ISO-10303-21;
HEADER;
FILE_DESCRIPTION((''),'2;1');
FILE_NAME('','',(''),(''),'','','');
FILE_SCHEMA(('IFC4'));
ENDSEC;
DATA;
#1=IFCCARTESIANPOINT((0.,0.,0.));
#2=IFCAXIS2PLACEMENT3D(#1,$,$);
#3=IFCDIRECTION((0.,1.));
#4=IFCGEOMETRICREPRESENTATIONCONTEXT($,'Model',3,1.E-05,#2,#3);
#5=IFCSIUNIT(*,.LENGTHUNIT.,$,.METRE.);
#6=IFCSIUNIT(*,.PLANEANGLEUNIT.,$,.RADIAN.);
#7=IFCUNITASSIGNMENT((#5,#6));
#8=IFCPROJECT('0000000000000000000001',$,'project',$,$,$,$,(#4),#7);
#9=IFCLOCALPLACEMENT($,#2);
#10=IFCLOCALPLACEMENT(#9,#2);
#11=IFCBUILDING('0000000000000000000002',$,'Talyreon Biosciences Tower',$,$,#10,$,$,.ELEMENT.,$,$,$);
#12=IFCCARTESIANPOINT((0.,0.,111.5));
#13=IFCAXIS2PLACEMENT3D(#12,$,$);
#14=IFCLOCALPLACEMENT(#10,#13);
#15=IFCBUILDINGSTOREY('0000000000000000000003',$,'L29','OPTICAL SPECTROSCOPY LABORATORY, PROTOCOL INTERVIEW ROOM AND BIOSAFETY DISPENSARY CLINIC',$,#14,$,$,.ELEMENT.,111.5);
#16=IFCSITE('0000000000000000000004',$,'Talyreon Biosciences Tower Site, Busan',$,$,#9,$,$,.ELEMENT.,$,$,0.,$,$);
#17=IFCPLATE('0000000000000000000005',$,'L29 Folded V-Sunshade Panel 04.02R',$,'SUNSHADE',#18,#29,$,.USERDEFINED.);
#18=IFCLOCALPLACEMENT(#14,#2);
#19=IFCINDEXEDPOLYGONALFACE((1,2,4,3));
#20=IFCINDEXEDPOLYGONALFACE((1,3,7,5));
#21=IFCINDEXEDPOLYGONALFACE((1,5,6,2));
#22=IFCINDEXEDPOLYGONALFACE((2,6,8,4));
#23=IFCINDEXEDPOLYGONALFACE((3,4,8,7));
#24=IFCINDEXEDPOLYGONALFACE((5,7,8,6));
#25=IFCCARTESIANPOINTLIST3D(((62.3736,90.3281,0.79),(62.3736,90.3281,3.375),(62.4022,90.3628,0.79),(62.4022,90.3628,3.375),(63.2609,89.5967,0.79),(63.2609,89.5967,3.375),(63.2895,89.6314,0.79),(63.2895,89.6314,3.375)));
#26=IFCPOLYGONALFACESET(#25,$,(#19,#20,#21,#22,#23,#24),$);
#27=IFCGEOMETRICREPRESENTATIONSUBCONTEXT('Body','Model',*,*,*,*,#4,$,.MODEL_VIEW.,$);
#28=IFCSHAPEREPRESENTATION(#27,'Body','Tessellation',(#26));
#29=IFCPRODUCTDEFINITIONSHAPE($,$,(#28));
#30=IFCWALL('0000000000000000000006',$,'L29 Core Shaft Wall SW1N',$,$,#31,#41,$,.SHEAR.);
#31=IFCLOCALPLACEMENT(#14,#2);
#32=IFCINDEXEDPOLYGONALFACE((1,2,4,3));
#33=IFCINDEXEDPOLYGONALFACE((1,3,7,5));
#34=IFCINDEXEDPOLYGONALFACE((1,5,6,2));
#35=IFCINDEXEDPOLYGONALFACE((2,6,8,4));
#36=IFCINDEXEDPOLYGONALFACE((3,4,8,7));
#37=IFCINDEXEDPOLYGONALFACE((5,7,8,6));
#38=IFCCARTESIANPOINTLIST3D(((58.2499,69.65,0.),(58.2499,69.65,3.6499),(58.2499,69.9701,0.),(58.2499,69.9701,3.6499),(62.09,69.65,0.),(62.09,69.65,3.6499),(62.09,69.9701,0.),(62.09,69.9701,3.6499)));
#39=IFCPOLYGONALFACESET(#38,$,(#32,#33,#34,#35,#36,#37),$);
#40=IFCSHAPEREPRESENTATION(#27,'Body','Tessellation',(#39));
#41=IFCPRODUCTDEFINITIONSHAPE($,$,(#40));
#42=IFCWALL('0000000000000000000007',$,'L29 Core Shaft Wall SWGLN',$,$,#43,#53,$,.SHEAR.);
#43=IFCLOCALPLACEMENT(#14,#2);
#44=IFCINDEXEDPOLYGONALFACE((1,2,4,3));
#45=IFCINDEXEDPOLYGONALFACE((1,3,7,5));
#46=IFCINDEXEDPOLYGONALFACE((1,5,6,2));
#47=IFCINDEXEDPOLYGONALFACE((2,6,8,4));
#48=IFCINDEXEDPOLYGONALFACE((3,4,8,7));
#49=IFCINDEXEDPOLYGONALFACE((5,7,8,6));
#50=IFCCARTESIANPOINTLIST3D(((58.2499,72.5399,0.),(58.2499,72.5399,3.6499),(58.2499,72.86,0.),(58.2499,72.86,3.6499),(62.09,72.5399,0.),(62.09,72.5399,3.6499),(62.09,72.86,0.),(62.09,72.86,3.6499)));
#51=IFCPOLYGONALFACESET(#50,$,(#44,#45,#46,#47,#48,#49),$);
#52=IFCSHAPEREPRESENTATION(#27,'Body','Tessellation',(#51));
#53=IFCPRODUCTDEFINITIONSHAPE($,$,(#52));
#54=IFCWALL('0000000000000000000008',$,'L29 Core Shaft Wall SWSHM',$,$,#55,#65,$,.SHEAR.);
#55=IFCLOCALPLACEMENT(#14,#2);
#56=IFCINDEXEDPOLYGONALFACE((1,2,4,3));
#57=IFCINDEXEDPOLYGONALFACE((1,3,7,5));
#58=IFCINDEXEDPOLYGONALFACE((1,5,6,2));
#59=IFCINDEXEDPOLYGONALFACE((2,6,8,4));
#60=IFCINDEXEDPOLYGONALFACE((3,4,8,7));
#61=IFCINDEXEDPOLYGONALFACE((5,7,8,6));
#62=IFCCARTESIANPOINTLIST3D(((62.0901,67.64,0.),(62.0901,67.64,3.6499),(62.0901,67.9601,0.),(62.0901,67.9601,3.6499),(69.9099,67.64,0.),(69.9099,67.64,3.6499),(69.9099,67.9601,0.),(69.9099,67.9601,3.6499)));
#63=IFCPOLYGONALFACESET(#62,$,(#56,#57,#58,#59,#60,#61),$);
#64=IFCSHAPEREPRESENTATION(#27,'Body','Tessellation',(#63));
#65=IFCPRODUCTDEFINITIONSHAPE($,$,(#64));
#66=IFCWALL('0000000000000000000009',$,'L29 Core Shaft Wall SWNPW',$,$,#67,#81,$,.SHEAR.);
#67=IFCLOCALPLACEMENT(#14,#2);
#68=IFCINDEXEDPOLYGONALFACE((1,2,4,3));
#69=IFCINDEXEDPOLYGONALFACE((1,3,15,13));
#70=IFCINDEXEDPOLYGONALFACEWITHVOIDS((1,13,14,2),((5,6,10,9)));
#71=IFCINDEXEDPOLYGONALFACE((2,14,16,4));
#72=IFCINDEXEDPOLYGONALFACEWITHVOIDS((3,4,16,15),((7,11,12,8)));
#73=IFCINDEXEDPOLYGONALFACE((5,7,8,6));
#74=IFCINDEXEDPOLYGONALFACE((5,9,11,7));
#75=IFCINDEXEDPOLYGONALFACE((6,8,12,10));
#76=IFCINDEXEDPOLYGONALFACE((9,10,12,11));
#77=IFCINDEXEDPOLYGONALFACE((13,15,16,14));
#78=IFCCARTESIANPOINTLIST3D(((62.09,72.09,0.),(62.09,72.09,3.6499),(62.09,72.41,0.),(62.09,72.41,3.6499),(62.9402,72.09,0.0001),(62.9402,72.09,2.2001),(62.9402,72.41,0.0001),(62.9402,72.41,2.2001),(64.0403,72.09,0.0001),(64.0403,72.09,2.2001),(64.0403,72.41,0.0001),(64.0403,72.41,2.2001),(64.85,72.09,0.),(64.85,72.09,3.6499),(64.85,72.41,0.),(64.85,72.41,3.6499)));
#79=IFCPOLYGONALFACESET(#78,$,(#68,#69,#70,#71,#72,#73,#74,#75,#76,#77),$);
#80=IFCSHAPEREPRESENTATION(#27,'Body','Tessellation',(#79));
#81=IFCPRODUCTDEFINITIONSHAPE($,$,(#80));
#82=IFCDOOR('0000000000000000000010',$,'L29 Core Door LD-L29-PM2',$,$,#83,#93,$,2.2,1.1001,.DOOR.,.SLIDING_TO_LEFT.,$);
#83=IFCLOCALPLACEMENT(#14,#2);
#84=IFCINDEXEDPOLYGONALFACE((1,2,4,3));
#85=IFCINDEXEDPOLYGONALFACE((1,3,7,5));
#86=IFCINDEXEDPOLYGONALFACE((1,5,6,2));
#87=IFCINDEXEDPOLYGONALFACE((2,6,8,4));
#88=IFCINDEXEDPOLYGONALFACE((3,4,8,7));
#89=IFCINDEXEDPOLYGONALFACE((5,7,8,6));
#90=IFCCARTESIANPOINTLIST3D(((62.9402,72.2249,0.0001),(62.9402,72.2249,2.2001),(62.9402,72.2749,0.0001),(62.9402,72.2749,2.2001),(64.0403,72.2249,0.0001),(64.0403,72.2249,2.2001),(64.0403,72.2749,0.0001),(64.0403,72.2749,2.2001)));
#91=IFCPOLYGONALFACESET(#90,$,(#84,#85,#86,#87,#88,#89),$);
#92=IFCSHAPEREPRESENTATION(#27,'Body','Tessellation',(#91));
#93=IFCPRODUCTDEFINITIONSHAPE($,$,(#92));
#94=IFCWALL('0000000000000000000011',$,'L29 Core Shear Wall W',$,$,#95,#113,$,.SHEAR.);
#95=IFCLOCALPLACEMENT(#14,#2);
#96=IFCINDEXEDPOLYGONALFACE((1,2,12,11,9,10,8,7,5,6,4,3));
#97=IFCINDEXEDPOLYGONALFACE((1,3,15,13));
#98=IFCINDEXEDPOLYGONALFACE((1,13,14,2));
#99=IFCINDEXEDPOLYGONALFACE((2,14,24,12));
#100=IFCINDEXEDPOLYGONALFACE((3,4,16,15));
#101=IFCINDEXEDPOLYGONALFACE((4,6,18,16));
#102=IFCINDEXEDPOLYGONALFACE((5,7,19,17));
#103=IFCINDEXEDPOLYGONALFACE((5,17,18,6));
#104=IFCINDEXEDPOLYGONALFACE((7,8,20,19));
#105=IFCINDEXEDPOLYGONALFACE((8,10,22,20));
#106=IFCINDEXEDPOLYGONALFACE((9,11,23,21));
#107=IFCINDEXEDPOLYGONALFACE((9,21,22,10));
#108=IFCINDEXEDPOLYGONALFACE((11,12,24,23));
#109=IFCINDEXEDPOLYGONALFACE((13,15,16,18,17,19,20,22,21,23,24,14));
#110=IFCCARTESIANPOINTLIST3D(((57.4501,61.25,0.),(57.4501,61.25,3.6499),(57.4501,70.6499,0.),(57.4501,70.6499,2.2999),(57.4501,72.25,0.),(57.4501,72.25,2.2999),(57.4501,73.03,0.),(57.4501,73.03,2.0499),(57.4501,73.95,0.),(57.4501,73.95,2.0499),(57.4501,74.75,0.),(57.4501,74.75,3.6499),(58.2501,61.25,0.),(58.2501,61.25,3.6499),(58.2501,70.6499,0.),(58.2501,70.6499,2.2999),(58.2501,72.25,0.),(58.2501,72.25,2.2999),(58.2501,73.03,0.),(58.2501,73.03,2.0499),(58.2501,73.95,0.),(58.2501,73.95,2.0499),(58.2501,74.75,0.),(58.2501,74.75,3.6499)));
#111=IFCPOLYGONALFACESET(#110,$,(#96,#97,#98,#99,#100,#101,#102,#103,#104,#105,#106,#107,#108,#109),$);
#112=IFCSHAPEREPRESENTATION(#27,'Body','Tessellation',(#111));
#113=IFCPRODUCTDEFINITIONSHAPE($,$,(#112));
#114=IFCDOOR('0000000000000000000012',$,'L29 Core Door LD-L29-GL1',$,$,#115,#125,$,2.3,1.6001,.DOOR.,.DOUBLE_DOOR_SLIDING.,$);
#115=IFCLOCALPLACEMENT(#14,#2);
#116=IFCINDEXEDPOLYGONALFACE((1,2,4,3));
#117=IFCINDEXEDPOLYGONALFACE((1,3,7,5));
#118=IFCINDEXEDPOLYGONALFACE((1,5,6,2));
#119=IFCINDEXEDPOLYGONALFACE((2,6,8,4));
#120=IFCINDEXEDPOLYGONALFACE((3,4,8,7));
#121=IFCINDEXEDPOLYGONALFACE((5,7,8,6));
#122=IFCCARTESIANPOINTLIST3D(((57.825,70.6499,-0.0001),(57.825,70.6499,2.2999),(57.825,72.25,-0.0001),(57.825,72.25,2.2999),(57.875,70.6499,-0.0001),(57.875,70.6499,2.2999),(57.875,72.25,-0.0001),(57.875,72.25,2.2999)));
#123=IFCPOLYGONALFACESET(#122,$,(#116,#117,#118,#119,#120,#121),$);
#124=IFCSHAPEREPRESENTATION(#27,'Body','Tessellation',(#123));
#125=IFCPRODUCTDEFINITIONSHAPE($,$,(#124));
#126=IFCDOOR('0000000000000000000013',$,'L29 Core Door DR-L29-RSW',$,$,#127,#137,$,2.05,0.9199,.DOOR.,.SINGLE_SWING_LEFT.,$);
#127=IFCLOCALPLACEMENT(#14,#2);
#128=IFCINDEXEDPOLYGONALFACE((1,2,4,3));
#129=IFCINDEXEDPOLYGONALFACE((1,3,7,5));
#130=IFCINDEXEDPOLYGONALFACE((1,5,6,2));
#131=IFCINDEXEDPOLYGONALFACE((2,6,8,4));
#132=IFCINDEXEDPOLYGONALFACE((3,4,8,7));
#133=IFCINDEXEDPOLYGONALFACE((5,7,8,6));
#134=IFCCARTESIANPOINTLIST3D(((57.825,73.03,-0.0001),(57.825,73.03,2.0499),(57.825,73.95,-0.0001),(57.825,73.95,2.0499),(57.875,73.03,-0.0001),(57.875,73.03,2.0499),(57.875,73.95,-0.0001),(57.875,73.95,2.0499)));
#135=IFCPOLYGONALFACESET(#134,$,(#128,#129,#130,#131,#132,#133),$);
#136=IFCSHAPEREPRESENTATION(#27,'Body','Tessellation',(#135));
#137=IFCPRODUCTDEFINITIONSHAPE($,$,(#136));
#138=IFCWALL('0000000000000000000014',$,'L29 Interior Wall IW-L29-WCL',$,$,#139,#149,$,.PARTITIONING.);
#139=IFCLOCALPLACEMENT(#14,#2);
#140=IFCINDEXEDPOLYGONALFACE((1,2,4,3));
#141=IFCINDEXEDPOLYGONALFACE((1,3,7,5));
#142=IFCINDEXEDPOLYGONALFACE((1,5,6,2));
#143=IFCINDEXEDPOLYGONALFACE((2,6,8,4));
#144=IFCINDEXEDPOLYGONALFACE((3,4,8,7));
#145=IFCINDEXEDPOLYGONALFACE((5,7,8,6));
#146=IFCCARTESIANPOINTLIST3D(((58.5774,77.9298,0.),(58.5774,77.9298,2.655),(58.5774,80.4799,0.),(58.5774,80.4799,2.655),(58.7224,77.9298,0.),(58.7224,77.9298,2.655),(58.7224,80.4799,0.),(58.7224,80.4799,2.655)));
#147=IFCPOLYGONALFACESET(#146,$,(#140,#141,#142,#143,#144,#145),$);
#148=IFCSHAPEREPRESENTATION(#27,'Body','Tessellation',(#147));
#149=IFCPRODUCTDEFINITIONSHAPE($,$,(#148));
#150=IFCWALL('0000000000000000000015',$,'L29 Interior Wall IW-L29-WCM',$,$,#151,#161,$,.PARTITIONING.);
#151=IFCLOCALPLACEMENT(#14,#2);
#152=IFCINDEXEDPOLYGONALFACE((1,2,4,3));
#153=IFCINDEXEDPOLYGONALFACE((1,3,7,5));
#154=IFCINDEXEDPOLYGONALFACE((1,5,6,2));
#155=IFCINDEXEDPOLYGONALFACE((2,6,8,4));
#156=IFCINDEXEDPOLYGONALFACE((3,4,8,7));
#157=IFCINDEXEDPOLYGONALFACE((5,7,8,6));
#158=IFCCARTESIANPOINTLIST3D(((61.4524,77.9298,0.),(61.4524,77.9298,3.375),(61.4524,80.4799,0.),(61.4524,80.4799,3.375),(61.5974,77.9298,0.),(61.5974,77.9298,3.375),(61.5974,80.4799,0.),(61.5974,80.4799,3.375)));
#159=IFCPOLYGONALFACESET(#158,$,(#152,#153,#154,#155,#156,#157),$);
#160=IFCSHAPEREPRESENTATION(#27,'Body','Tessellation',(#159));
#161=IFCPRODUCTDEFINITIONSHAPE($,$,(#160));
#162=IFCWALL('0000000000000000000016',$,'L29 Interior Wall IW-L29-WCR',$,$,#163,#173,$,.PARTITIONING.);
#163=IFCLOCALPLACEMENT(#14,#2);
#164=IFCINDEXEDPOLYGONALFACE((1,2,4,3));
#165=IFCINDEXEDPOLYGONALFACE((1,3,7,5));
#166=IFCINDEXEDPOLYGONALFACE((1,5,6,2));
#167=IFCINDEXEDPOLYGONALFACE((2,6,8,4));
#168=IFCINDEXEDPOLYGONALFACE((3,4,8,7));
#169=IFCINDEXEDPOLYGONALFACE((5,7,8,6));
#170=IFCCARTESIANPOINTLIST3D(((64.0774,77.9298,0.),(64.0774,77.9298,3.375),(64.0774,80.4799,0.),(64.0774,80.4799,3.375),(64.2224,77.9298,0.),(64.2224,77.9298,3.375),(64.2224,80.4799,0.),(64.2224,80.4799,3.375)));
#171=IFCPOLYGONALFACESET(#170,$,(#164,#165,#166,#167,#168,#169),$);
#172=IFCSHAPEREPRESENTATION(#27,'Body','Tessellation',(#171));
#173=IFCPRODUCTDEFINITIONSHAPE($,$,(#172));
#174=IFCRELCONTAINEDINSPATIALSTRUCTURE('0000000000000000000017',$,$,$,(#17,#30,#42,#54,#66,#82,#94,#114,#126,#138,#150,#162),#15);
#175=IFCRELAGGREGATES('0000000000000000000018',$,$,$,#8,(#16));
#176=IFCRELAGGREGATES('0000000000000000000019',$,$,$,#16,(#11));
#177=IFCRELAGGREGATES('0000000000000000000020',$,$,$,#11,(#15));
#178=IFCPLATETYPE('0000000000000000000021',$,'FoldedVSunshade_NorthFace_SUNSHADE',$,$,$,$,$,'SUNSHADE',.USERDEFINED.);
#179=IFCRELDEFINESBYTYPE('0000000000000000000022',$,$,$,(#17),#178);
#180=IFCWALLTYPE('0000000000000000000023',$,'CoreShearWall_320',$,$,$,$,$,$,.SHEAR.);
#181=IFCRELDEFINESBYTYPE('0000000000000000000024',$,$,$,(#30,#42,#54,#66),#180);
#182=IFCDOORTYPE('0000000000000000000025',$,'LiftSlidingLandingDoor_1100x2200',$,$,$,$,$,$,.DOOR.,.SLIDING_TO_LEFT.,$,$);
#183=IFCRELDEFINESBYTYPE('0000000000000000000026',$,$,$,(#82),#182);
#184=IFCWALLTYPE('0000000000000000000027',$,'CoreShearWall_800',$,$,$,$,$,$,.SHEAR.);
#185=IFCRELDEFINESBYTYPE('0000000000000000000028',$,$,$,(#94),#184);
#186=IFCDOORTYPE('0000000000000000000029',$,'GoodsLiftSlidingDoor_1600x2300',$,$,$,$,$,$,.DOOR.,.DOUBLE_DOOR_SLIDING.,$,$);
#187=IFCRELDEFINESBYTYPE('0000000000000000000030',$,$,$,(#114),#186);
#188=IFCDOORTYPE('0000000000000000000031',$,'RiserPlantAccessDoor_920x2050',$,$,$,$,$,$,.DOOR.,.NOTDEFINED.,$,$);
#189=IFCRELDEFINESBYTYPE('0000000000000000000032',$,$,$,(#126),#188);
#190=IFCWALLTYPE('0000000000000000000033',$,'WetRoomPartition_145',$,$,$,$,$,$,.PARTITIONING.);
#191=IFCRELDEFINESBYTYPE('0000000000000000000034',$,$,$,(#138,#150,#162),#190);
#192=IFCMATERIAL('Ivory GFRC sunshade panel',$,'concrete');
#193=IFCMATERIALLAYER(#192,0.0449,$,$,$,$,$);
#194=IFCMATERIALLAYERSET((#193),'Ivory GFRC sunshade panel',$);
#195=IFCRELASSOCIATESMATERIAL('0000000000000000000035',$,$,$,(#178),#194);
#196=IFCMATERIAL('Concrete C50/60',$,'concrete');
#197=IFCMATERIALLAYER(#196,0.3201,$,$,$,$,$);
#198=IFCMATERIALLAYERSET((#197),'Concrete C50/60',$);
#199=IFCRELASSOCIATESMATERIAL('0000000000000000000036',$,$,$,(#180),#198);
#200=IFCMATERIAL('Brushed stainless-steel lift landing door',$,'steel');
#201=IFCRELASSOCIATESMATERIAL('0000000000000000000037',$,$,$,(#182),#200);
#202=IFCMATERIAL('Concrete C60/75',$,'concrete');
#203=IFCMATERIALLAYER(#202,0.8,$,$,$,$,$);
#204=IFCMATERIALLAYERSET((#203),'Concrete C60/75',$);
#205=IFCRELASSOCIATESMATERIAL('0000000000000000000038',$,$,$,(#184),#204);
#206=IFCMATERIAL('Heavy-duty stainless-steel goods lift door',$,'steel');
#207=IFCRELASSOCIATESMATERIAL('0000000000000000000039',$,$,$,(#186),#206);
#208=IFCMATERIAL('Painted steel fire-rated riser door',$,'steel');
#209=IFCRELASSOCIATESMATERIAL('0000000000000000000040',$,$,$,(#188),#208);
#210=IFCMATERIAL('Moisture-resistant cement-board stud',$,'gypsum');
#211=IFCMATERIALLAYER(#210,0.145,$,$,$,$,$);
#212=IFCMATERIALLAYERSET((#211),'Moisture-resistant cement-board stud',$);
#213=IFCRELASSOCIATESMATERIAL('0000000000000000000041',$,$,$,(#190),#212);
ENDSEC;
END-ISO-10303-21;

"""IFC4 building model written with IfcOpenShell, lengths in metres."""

from ifc_helpers import new_model, si_unit, direction, frame, frame_2d, origin, origin_2d, place, context, subcontext, project, spatial, rectangle, extrude, material, layer, layer_set, type_object, element, fill, save


model = new_model("IFC4")

# Units and contexts
model_context = context("Model", 3, precision=1e-05, world=origin(), true_north=direction((0.0, 1.0)))
body_context = subcontext(model_context, "Body", "Model", "MODEL_VIEW")
ifc_project = project(units=[si_unit("LENGTHUNIT", "METRE"), si_unit("PLANEANGLEUNIT", "RADIAN")], contexts=[model_context])

# Site, building, storey
site_placement = place(None, origin())
site = spatial("IfcSite", under=ifc_project, at=site_placement, Name="Talyreon Biosciences Tower Site, Busan", CompositionType="ELEMENT", RefElevation=0.0)
building_placement = place(site_placement, origin())
building = spatial("IfcBuilding", under=site, at=building_placement, Name="Talyreon Biosciences Tower", CompositionType="ELEMENT")
storey_placement = place(building_placement, frame((0.0, 0.0, 111.5)))
storey = spatial("IfcBuildingStorey", under=building, at=storey_placement, Name="L29", Description="OPTICAL SPECTROSCOPY LABORATORY, PROTOCOL INTERVIEW ROOM AND BIOSAFETY DISPENSARY CLINIC", CompositionType="ELEMENT", Elevation=111.5)

# Shared definitions
ifc_material_1 = material(Name="Concrete C50/60", Category="concrete")
ifc_material_2 = material(Name="Concrete C60/75", Category="concrete")

# Plate
ifc_material_3 = material(Name="Ivory GFRC sunshade panel", Category="concrete")
ifc_layer_1 = layer(ifc_material_3, 0.0449)
ifc_layer_set_1 = layer_set([ifc_layer_1], Name="Ivory GFRC sunshade panel")
plate_type_1 = type_object("IfcPlateType", Name="FoldedVSunshade_NorthFace_SUNSHADE", ElementType="SUNSHADE", PredefinedType="USERDEFINED", material=ifc_layer_set_1)
for number, where, z_axis, x_axis, name in (
    (1, (62.8315, 89.9797, 0.79), (0.0, 0.0, 1.0), (0.771625, -0.636078, 0.0), "L29 Folded V-Sunshade Panel 04.02R"),
):
    element("IfcPlate", number, at=place(storey_placement, frame(where, z_axis=z_axis, x_axis=x_axis)), inside=storey, type_object=plate_type_1, Name=name, ObjectType="SUNSHADE", PredefinedType="USERDEFINED", context=body_context, shape_type="SweptSolid", body=[
        extrude(rectangle(XDim=1.1499, YDim=0.0449, at=origin_2d()), origin(), (0.0, 0.0, 1.0), 2.585),
    ])

# Walls
ifc_layer_2 = layer(ifc_material_1, 0.3201)
ifc_layer_set_2 = layer_set([ifc_layer_2], Name="Concrete C50/60")
wall_type_1 = type_object("IfcWallType", Name="CoreShearWall_320", PredefinedType="SHEAR", material=ifc_layer_set_2)
for number, where, z_axis, x_axis, name in (
    (2, (58.25, 69.8101, 0.0), (0.0, 0.0, 1.0), (1.0, 0.0, 0.0), "L29 Core Shaft Wall SW1N"),
    (3, (58.25, 72.7, 0.0), (0.0, 0.0, 1.0), (1.0, 0.0, 0.0), "L29 Core Shaft Wall SWGLN"),
):
    element("IfcWall", number, at=place(storey_placement, frame(where, z_axis=z_axis, x_axis=x_axis)), inside=storey, type_object=wall_type_1, Name=name, PredefinedType="SHEAR", context=body_context, shape_type="SweptSolid", body=[
        extrude(rectangle(XDim=3.8401, YDim=0.3201, at=frame_2d((1.9199, 0.0))), origin(), (0.0, 0.0, 1.0), 3.6499),
    ])
wall_1_placement = place(storey_placement, frame((62.0901, 67.8, 0.0), z_axis=(0.0, 0.0, 1.0), x_axis=(1.0, 0.0, 0.0)))
element("IfcWall", 4, at=wall_1_placement, inside=storey, type_object=wall_type_1, Name="L29 Core Shaft Wall SWSHM", PredefinedType="SHEAR", context=body_context, shape_type="SweptSolid", body=[
    extrude(rectangle(XDim=7.8198, YDim=0.3201, at=frame_2d((3.9099, 0.0))), origin(), (0.0, 0.0, 1.0), 3.6499),
])

# Shared definitions
ifc_material_4 = material(Name="Brushed stainless-steel lift landing door", Category="steel")
door_type_1 = type_object("IfcDoorType", Name="LiftSlidingLandingDoor_1100x2200", OperationType="SLIDING_TO_LEFT", PredefinedType="DOOR", material=ifc_material_4)

# Wall, opening, door
wall_2_placement = place(storey_placement, frame((62.0901, 72.25, 0.0), z_axis=(0.0, 0.0, 1.0), x_axis=(1.0, 0.0, 0.0)))
wall_2 = element("IfcWall", 5, at=wall_2_placement, inside=storey, type_object=wall_type_1, Name="L29 Core Shaft Wall SWNPW", PredefinedType="SHEAR", context=body_context, shape_type="SweptSolid", body=[
    extrude(rectangle(XDim=2.76, YDim=0.3201, at=frame_2d((1.3799, 0.0))), origin(), (0.0, 0.0, 1.0), 3.6499),
])
opening_1_placement = place(wall_2_placement, frame((0.8501, 0.0, 0.0)))
opening_1 = element("IfcOpeningElement", 6, at=opening_1_placement, cuts=wall_2, PredefinedType="OPENING", context=body_context, shape_type="SweptSolid", body=[
    extrude(rectangle(XDim=1.1001, YDim=2.2, at=frame_2d((0.55, 1.1001))), frame((0.0, 0.1699, 0.0), z_axis=(0.0, -1.0, 0.0), x_axis=(1.0, 0.0, 0.0)), (0.0, 0.0, 1.0), 0.3401),
])
door_1_placement = place(opening_1_placement, origin())
door_1 = element("IfcDoor", 7, at=door_1_placement, inside=storey, type_object=door_type_1, Name="L29 Core Door LD-L29-PM2", OperationType="SLIDING_TO_LEFT", OverallHeight=2.2, OverallWidth=1.1001, PredefinedType="DOOR", context=body_context, shape_type="SweptSolid", body=[
    extrude(rectangle(XDim=1.1001, YDim=2.2, at=frame_2d((0.55, 1.1001))), frame((0.0, 0.0249, 0.0), z_axis=(0.0, -1.0, 0.0), x_axis=(1.0, 0.0, 0.0)), (0.0, 0.0, 1.0), 0.05),
])
fill(opening_1, door_1)

# Wall, openings, doors
ifc_layer_3 = layer(ifc_material_2, 0.8)
ifc_layer_set_3 = layer_set([ifc_layer_3], Name="Concrete C60/75")
wall_type_2 = type_object("IfcWallType", Name="CoreShearWall_800", PredefinedType="SHEAR", material=ifc_layer_set_3)
wall_3_placement = place(storey_placement, frame((57.8501, 74.75, 0.0), z_axis=(0.0, 0.0, 1.0), x_axis=(0.0, -1.0, 0.0)))
wall_3 = element("IfcWall", 8, at=wall_3_placement, inside=storey, type_object=wall_type_2, Name="L29 Core Shear Wall W", PredefinedType="SHEAR", context=body_context, shape_type="SweptSolid", body=[
    extrude(rectangle(XDim=13.5, YDim=0.8, at=frame_2d((6.75, 0.0))), origin(), (0.0, 0.0, 1.0), 3.6499),
])
opening_2_placement = place(wall_3_placement, frame((0.8, 0.0, 0.0)))
opening_2 = element("IfcOpeningElement", 9, at=opening_2_placement, cuts=wall_3, PredefinedType="OPENING", context=body_context, shape_type="SweptSolid", body=[
    extrude(rectangle(XDim=0.9199, YDim=2.05, at=frame_2d((0.46, 1.0249))), frame((0.0, 0.4099, 0.0), z_axis=(0.0, -1.0, 0.0), x_axis=(1.0, 0.0, 0.0)), (0.0, 0.0, 1.0), 0.8201),
])
opening_3_placement = place(wall_3_placement, frame((2.5, 0.0, 0.0)))
opening_3 = element("IfcOpeningElement", 10, at=opening_3_placement, cuts=wall_3, PredefinedType="OPENING", context=body_context, shape_type="SweptSolid", body=[
    extrude(rectangle(XDim=1.6001, YDim=2.3, at=frame_2d((0.8, 1.1499))), frame((0.0, 0.4099, 0.0), z_axis=(0.0, -1.0, 0.0), x_axis=(1.0, 0.0, 0.0)), (0.0, 0.0, 1.0), 0.8201),
])
ifc_material_5 = material(Name="Heavy-duty stainless-steel goods lift door", Category="steel")
door_type_2 = type_object("IfcDoorType", Name="GoodsLiftSlidingDoor_1600x2300", OperationType="DOUBLE_DOOR_SLIDING", PredefinedType="DOOR", material=ifc_material_5)
door_2_placement = place(opening_3_placement, origin())
door_2 = element("IfcDoor", 11, at=door_2_placement, inside=storey, type_object=door_type_2, Name="L29 Core Door LD-L29-GL1", OperationType="DOUBLE_DOOR_SLIDING", OverallHeight=2.3, OverallWidth=1.6001, PredefinedType="DOOR", context=body_context, shape_type="SweptSolid", body=[
    extrude(rectangle(XDim=1.6001, YDim=2.3, at=frame_2d((0.8, 1.1499))), frame((0.0, 0.0249, 0.0), z_axis=(0.0, -1.0, 0.0), x_axis=(1.0, 0.0, 0.0)), (0.0, 0.0, 1.0), 0.05),
])
fill(opening_3, door_2)
ifc_material_6 = material(Name="Painted steel fire-rated riser door", Category="steel")
door_type_3 = type_object("IfcDoorType", Name="RiserPlantAccessDoor_920x2050", OperationType="NOTDEFINED", PredefinedType="DOOR", material=ifc_material_6)
door_3_placement = place(opening_2_placement, origin())
door_3 = element("IfcDoor", 12, at=door_3_placement, inside=storey, type_object=door_type_3, Name="L29 Core Door DR-L29-RSW", OperationType="SINGLE_SWING_LEFT", OverallHeight=2.05, OverallWidth=0.9199, PredefinedType="DOOR", context=body_context, shape_type="SweptSolid", body=[
    extrude(rectangle(XDim=0.9199, YDim=2.05, at=frame_2d((0.46, 1.0249))), frame((0.0, 0.0249, 0.0), z_axis=(0.0, -1.0, 0.0), x_axis=(1.0, 0.0, 0.0)), (0.0, 0.0, 1.0), 0.05),
])
fill(opening_2, door_3)

# Walls
ifc_material_7 = material(Name="Moisture-resistant cement-board stud", Category="gypsum")
ifc_layer_4 = layer(ifc_material_7, 0.145)
ifc_layer_set_4 = layer_set([ifc_layer_4], Name="Moisture-resistant cement-board stud")
wall_type_3 = type_object("IfcWallType", Name="WetRoomPartition_145", PredefinedType="PARTITIONING", material=ifc_layer_set_4)
wall_4_placement = place(storey_placement, frame((58.6499, 77.9299, 0.0), z_axis=(0.0, 0.0, 1.0), x_axis=(0.0, 1.0, 0.0)))
element("IfcWall", 13, at=wall_4_placement, inside=storey, type_object=wall_type_3, Name="L29 Interior Wall IW-L29-WCL", PredefinedType="PARTITIONING", context=body_context, shape_type="SweptSolid", body=[
    extrude(rectangle(XDim=2.55, YDim=0.145, at=frame_2d((1.2749, 0.0))), origin(), (0.0, 0.0, 1.0), 2.655),
])
for number, where, z_axis, x_axis, name in (
    (14, (61.5249, 77.9299, 0.0), (0.0, 0.0, 1.0), (0.0, 1.0, 0.0), "L29 Interior Wall IW-L29-WCM"),
    (15, (64.1499, 77.9299, 0.0), (0.0, 0.0, 1.0), (0.0, 1.0, 0.0), "L29 Interior Wall IW-L29-WCR"),
):
    element("IfcWall", number, at=place(storey_placement, frame(where, z_axis=z_axis, x_axis=x_axis)), inside=storey, type_object=wall_type_3, Name=name, PredefinedType="PARTITIONING", context=body_context, shape_type="SweptSolid", body=[
        extrude(rectangle(XDim=2.55, YDim=0.145, at=frame_2d((1.2749, 0.0))), origin(), (0.0, 0.0, 1.0), 3.375),
    ])

save(model, "model.ifc")
